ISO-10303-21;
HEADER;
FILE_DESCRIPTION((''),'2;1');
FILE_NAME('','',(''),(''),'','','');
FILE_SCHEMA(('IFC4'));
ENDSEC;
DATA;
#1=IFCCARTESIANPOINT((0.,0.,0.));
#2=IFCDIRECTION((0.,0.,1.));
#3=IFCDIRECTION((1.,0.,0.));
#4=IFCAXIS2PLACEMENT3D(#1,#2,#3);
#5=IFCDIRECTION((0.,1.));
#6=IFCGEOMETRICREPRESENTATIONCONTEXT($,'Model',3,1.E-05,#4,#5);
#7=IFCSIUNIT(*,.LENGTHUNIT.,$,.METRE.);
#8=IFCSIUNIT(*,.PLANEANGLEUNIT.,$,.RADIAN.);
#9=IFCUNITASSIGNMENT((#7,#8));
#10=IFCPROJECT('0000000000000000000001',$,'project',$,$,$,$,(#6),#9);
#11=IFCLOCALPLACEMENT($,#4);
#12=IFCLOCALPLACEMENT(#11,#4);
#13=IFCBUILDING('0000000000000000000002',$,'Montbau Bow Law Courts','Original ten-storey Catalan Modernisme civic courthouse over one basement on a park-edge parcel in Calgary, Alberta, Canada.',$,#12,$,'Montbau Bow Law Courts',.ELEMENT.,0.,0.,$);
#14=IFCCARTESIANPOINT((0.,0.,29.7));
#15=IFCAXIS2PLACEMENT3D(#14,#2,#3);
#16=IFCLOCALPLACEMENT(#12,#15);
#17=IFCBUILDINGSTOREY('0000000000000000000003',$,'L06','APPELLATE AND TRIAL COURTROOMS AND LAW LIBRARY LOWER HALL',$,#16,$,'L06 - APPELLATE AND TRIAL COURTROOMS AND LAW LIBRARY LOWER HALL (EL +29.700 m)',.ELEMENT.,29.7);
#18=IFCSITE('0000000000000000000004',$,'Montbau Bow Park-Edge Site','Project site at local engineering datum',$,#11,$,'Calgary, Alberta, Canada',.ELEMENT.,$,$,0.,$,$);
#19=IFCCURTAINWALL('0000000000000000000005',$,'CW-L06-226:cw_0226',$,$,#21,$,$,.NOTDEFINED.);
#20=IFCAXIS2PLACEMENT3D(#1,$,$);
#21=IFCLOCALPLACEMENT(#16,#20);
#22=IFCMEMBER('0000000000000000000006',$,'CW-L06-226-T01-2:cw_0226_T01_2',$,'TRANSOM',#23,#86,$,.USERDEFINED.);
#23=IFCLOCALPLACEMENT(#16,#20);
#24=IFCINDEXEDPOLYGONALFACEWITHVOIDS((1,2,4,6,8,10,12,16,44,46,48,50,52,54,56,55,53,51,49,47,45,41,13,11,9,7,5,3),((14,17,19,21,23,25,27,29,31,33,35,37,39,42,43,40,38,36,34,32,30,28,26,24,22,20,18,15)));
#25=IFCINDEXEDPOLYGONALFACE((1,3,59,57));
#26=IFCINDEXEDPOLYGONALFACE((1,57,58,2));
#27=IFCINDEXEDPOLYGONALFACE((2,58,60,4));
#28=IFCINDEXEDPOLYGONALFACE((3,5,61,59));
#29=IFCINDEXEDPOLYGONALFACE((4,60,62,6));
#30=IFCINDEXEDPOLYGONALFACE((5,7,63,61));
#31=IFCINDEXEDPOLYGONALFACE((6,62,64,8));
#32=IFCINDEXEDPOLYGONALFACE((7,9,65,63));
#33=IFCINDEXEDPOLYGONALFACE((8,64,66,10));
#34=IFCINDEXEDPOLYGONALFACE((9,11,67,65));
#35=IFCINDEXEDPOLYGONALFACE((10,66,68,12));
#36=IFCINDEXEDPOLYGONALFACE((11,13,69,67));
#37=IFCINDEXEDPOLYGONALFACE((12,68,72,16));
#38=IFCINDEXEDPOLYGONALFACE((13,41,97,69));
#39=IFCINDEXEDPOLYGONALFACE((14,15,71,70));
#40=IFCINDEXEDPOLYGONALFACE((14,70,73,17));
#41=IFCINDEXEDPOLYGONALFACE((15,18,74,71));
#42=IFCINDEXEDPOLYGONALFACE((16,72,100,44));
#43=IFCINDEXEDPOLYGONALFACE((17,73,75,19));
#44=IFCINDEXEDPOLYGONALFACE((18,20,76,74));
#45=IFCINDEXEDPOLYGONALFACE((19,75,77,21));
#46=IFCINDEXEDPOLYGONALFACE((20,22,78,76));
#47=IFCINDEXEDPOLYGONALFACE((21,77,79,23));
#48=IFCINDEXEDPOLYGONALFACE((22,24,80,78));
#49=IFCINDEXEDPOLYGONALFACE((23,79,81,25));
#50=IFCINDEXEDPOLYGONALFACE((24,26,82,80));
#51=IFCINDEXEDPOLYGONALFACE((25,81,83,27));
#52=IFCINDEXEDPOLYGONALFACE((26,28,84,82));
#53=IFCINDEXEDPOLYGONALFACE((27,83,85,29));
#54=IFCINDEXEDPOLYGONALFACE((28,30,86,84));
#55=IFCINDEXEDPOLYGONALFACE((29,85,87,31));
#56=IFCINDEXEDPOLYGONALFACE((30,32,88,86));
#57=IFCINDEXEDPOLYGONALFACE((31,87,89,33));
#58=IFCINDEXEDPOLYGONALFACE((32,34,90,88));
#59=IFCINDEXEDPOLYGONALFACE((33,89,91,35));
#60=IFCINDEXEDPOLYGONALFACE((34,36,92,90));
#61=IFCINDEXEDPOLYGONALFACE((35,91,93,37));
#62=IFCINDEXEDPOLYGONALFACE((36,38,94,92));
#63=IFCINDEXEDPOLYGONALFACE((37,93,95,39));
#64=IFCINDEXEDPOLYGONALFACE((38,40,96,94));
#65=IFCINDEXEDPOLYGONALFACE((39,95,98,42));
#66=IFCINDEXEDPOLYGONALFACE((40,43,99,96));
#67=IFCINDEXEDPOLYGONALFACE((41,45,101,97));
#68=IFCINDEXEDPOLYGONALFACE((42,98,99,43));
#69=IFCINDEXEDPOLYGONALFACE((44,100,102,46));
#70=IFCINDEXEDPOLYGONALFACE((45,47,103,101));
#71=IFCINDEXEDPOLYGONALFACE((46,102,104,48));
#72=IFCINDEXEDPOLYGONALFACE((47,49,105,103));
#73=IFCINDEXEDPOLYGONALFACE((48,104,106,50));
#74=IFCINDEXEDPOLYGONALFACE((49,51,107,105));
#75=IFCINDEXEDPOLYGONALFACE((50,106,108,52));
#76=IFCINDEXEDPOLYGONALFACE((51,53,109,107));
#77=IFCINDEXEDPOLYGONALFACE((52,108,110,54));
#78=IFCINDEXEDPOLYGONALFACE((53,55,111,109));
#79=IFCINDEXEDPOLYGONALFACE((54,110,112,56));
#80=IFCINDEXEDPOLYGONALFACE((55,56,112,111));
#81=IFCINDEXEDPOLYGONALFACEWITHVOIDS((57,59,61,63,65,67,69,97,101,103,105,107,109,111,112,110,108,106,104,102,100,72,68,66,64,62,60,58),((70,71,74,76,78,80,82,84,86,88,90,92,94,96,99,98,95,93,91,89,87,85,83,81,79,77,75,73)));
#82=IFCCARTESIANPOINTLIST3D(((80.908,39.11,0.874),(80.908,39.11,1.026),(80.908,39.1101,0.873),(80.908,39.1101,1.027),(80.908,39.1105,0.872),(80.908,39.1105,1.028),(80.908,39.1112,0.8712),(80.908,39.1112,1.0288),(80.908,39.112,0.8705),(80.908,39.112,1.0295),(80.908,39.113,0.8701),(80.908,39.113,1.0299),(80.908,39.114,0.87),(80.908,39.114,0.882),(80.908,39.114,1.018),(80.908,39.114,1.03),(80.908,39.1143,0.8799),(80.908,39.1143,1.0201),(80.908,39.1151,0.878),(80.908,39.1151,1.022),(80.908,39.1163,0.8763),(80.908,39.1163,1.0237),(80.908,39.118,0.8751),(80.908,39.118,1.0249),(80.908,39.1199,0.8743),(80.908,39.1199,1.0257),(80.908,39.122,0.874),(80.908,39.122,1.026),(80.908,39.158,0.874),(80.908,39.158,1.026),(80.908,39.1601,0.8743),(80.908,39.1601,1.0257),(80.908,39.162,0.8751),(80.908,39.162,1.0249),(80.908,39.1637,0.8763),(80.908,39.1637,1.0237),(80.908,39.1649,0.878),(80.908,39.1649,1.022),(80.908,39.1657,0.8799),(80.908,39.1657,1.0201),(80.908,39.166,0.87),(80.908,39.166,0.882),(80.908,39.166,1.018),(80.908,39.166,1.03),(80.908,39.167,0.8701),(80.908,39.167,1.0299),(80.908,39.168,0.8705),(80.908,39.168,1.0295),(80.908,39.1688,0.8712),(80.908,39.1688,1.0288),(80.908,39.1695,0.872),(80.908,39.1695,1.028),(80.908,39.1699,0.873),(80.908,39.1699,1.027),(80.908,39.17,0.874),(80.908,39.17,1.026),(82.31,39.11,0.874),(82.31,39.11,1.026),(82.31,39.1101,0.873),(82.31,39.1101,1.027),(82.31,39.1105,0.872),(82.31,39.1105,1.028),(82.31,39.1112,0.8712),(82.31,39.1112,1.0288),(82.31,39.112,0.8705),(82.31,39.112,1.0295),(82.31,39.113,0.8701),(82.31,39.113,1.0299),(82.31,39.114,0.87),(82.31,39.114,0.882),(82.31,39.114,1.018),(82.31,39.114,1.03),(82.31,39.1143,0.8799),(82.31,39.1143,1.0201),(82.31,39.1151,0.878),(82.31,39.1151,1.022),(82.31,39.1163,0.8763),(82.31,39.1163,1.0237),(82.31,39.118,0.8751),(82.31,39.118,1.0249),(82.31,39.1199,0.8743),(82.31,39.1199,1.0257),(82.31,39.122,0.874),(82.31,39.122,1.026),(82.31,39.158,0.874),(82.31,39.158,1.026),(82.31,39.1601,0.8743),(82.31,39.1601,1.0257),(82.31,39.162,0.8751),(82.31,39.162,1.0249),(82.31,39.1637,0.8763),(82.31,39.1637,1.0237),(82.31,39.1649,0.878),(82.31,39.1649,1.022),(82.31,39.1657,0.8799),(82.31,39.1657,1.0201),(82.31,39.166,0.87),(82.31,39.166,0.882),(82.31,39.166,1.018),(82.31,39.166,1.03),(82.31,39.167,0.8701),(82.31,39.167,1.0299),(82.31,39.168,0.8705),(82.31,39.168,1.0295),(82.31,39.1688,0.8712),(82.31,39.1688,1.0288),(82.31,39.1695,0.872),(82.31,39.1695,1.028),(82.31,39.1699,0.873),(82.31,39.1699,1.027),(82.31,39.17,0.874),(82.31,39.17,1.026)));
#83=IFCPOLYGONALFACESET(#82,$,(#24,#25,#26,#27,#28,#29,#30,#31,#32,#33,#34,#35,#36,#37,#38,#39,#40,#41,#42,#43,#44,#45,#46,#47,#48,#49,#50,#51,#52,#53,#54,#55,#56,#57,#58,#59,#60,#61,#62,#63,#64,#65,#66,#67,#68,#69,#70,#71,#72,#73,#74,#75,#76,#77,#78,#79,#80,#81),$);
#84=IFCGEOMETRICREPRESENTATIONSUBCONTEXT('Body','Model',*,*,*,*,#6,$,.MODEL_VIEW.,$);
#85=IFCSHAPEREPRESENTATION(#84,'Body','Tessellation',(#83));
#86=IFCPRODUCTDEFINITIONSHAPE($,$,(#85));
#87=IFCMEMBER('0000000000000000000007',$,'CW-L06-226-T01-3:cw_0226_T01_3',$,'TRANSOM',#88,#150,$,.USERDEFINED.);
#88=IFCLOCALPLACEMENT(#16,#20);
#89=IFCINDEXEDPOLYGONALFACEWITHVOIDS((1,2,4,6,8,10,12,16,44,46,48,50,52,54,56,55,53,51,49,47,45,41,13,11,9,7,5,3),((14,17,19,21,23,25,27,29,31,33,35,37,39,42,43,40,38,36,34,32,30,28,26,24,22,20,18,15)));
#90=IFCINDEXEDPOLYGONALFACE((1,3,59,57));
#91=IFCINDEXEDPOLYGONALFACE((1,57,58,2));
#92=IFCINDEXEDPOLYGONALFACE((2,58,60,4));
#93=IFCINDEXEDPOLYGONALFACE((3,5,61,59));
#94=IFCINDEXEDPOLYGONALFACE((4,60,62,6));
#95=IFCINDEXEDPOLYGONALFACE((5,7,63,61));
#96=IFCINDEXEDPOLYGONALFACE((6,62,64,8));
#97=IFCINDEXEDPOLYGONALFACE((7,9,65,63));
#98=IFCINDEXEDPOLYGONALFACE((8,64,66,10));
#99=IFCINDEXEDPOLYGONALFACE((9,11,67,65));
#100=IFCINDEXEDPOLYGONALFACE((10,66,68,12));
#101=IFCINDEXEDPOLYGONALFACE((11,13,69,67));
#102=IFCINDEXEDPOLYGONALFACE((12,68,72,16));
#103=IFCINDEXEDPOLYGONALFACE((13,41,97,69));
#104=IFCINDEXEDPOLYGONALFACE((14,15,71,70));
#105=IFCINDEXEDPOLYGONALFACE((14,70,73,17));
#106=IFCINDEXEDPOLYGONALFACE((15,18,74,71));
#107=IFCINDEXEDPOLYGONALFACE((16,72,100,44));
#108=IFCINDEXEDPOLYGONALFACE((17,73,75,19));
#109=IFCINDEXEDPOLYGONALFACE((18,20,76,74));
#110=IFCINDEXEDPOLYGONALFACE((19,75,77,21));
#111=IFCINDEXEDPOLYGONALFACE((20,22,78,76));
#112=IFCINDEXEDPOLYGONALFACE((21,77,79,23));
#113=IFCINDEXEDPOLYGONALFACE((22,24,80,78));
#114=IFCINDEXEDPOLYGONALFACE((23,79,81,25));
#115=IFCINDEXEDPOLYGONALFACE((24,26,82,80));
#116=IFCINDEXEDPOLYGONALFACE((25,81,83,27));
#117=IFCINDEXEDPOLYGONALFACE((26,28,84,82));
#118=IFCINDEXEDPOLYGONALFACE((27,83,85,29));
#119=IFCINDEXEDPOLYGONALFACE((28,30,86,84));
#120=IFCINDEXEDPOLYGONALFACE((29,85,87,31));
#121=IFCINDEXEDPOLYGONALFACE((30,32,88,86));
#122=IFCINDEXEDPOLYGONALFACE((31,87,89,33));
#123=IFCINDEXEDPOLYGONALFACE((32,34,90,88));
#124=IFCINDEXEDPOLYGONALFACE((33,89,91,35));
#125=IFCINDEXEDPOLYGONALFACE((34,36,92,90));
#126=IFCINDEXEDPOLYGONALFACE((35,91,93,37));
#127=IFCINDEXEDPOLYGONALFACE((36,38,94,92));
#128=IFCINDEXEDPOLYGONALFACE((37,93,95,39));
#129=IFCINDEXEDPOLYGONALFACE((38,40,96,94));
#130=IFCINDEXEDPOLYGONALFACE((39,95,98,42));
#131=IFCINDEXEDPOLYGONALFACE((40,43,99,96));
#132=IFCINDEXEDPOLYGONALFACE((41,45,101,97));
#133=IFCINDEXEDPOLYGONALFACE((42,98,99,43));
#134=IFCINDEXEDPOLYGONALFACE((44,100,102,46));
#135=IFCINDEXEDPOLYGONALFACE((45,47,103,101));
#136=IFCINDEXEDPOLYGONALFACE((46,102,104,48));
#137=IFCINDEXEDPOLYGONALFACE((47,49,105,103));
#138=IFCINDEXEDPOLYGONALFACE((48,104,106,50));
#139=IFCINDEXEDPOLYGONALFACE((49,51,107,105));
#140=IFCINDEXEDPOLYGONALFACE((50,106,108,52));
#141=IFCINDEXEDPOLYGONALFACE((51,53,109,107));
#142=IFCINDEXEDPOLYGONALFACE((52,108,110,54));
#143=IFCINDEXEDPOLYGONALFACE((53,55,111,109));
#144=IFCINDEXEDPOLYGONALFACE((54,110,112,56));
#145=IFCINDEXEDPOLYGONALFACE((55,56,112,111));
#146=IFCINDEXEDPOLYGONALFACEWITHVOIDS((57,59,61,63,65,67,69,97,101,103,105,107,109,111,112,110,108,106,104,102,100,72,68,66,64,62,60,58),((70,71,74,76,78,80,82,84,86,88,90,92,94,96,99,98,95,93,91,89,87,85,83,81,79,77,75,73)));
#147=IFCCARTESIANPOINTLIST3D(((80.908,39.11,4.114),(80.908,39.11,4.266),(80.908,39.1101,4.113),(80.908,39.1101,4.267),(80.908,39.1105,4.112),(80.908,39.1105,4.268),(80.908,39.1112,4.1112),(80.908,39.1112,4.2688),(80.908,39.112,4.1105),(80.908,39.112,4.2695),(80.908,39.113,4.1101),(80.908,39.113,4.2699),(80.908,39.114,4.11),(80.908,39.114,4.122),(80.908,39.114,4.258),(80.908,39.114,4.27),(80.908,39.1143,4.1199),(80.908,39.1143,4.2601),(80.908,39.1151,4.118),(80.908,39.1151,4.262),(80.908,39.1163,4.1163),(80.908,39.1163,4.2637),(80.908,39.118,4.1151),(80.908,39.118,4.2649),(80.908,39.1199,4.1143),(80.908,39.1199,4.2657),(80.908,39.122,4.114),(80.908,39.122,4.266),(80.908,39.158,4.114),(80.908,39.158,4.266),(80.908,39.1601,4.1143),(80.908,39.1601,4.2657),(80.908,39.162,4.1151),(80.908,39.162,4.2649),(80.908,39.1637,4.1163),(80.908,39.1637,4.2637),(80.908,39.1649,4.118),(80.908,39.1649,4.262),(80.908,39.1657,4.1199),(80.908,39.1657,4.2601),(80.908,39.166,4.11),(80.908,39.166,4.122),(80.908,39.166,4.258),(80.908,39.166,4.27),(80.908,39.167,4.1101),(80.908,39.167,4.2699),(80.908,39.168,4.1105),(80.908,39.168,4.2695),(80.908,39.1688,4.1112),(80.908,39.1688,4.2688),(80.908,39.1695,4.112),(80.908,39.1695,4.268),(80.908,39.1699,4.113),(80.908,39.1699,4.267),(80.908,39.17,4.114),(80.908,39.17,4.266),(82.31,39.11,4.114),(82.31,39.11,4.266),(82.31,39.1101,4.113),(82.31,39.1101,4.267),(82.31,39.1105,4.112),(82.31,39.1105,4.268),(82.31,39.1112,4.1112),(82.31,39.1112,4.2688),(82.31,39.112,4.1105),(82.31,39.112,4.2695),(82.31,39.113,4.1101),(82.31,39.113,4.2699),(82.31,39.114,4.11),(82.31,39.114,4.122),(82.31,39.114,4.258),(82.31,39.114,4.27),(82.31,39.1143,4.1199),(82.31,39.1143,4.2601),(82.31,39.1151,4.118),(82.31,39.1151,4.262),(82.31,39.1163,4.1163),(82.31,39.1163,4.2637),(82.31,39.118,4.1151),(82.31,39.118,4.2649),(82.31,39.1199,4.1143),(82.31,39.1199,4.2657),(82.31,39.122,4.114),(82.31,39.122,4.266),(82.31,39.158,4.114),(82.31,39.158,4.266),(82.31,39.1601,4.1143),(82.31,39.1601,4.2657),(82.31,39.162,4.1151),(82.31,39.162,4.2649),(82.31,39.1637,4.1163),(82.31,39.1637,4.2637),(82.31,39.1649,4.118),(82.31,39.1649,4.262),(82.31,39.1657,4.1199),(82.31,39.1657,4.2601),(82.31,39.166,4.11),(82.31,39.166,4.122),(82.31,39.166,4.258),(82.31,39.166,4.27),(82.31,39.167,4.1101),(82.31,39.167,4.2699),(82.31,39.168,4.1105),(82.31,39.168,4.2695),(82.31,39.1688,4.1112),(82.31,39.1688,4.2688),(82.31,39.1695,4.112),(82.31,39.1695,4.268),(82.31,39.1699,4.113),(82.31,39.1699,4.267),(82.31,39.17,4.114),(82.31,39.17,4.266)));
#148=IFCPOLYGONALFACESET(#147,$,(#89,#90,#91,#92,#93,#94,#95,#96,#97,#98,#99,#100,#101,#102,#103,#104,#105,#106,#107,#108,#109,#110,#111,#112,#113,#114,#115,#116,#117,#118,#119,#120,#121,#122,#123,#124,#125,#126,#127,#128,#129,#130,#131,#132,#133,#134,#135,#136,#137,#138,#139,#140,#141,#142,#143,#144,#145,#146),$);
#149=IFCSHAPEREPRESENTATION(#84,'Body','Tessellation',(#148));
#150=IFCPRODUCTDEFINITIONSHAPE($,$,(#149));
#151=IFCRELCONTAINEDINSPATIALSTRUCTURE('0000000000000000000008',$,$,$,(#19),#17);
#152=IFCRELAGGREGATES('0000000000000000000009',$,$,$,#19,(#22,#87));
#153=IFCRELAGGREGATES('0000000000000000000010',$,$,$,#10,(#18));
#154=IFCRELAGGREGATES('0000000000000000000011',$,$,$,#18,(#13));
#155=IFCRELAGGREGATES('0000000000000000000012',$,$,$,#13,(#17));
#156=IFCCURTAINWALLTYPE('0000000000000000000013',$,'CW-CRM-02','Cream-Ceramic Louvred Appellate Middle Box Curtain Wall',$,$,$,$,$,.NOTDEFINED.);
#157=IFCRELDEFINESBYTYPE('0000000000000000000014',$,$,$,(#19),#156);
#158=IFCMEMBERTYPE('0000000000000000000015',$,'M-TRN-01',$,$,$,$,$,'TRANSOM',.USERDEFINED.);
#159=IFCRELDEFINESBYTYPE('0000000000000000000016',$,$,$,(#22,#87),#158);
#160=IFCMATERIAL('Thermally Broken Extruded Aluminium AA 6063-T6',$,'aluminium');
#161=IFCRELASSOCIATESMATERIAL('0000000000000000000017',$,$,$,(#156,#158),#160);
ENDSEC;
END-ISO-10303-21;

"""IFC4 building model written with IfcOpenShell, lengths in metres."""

from ifc_helpers import new_model, si_unit, direction, frame, origin_with_axes, origin_2d_with_axis, place, context, subcontext, project, spatial, hollow_rectangle, extrude, material, material_profile, profile_set, type_object, element, aggregate, save


model = new_model("IFC4")

# Units and contexts
model_context = context("Model", 3, precision=1e-05, world=origin_with_axes(), true_north=direction((0.0, 1.0)))
body_context = subcontext(model_context, "Body", "Model", "MODEL_VIEW")
ifc_project = project(units=[si_unit("LENGTHUNIT", "METRE"), si_unit("PLANEANGLEUNIT", "RADIAN")], contexts=[model_context])

# Site, building, storey
site_placement = place(None, origin_with_axes())
site = spatial("IfcSite", under=ifc_project, at=site_placement, Name="Montbau Bow Park-Edge Site", Description="Project site at local engineering datum", LongName="Calgary, Alberta, Canada", CompositionType="ELEMENT", RefElevation=0.0)
building_placement = place(site_placement, origin_with_axes())
building = spatial("IfcBuilding", under=site, at=building_placement, Name="Montbau Bow Law Courts", Description="Original ten-storey Catalan Modernisme civic courthouse over one basement on a park-edge parcel in Calgary, Alberta, Canada.", LongName="Montbau Bow Law Courts", CompositionType="ELEMENT", ElevationOfRefHeight=0.0, ElevationOfTerrain=0.0)
storey_placement = place(building_placement, frame((0.0, 0.0, 29.7), z_axis=(0.0, 0.0, 1.0), x_axis=(1.0, 0.0, 0.0)))
storey = spatial("IfcBuildingStorey", under=building, at=storey_placement, Name="L06", Description="APPELLATE AND TRIAL COURTROOMS AND LAW LIBRARY LOWER HALL", LongName="L06 - APPELLATE AND TRIAL COURTROOMS AND LAW LIBRARY LOWER HALL (EL +29.700 m)", CompositionType="ELEMENT", Elevation=29.7)

# Shared definitions
ifc_material_1 = material(Name="Thermally Broken Extruded Aluminium AA 6063-T6", Category="aluminium")
curtain_wall_type = type_object("IfcCurtainWallType", Name="CW-CRM-02", Description="Cream-Ceramic Louvred Appellate Middle Box Curtain Wall", PredefinedType="NOTDEFINED", material=ifc_material_1)

# Curtain wall, members
curtain_wall_1_placement = place(None, frame((80.84, 39.14, 29.7), z_axis=(0.0, 0.0, 1.0), x_axis=(1.0, 0.0, 0.0)))
curtain_wall_1 = element("IfcCurtainWall", 1, at=curtain_wall_1_placement, inside=storey, type_object=curtain_wall_type, Name="CW-L06-226:cw_0226", PredefinedType="NOTDEFINED")
ifc_material_profile_1 = material_profile(ifc_material_1, hollow_rectangle(XDim=0.06, YDim=0.16, WallThickness=0.004, InnerFilletRadius=0.008, OuterFilletRadius=0.004, at=origin_2d_with_axis()), Name="CWT-160X60", Category="Main", Priority=0)
ifc_profile_set_1 = profile_set([ifc_material_profile_1], Name="Thermally Broken Extruded Aluminium AA 6063-T6")
member_type_1 = type_object("IfcMemberType", Name="M-TRN-01", ElementType="TRANSOM", PredefinedType="USERDEFINED", material=ifc_profile_set_1)
member_1_placement = place(None, frame((80.908, 39.14, 30.65), z_axis=(1.0, 0.0, 0.0), x_axis=(0.0, 1.0, 0.0)))
member_1 = element("IfcMember", 2, at=member_1_placement, type_object=member_type_1, Name="CW-L06-226-T01-2:cw_0226_T01_2", ObjectType="TRANSOM", PredefinedType="USERDEFINED", context=body_context, shape_type="SweptSolid", body=[
    extrude(hollow_rectangle(XDim=0.06, YDim=0.16, WallThickness=0.004, InnerFilletRadius=0.008, OuterFilletRadius=0.004, at=origin_2d_with_axis()), origin_with_axes(), (0.0, 0.0, 1.0), 1.402),
])
member_2_placement = place(None, frame((80.908, 39.14, 33.89), z_axis=(1.0, 0.0, 0.0), x_axis=(0.0, 1.0, 0.0)))
member_2 = element("IfcMember", 3, at=member_2_placement, type_object=member_type_1, Name="CW-L06-226-T01-3:cw_0226_T01_3", ObjectType="TRANSOM", PredefinedType="USERDEFINED", context=body_context, shape_type="SweptSolid", body=[
    extrude(hollow_rectangle(XDim=0.06, YDim=0.16, WallThickness=0.004, InnerFilletRadius=0.008, OuterFilletRadius=0.004, at=origin_2d_with_axis()), origin_with_axes(), (0.0, 0.0, 1.0), 1.402),
])

aggregate(curtain_wall_1, [member_1, member_2])

save(model, "model.ifc")
